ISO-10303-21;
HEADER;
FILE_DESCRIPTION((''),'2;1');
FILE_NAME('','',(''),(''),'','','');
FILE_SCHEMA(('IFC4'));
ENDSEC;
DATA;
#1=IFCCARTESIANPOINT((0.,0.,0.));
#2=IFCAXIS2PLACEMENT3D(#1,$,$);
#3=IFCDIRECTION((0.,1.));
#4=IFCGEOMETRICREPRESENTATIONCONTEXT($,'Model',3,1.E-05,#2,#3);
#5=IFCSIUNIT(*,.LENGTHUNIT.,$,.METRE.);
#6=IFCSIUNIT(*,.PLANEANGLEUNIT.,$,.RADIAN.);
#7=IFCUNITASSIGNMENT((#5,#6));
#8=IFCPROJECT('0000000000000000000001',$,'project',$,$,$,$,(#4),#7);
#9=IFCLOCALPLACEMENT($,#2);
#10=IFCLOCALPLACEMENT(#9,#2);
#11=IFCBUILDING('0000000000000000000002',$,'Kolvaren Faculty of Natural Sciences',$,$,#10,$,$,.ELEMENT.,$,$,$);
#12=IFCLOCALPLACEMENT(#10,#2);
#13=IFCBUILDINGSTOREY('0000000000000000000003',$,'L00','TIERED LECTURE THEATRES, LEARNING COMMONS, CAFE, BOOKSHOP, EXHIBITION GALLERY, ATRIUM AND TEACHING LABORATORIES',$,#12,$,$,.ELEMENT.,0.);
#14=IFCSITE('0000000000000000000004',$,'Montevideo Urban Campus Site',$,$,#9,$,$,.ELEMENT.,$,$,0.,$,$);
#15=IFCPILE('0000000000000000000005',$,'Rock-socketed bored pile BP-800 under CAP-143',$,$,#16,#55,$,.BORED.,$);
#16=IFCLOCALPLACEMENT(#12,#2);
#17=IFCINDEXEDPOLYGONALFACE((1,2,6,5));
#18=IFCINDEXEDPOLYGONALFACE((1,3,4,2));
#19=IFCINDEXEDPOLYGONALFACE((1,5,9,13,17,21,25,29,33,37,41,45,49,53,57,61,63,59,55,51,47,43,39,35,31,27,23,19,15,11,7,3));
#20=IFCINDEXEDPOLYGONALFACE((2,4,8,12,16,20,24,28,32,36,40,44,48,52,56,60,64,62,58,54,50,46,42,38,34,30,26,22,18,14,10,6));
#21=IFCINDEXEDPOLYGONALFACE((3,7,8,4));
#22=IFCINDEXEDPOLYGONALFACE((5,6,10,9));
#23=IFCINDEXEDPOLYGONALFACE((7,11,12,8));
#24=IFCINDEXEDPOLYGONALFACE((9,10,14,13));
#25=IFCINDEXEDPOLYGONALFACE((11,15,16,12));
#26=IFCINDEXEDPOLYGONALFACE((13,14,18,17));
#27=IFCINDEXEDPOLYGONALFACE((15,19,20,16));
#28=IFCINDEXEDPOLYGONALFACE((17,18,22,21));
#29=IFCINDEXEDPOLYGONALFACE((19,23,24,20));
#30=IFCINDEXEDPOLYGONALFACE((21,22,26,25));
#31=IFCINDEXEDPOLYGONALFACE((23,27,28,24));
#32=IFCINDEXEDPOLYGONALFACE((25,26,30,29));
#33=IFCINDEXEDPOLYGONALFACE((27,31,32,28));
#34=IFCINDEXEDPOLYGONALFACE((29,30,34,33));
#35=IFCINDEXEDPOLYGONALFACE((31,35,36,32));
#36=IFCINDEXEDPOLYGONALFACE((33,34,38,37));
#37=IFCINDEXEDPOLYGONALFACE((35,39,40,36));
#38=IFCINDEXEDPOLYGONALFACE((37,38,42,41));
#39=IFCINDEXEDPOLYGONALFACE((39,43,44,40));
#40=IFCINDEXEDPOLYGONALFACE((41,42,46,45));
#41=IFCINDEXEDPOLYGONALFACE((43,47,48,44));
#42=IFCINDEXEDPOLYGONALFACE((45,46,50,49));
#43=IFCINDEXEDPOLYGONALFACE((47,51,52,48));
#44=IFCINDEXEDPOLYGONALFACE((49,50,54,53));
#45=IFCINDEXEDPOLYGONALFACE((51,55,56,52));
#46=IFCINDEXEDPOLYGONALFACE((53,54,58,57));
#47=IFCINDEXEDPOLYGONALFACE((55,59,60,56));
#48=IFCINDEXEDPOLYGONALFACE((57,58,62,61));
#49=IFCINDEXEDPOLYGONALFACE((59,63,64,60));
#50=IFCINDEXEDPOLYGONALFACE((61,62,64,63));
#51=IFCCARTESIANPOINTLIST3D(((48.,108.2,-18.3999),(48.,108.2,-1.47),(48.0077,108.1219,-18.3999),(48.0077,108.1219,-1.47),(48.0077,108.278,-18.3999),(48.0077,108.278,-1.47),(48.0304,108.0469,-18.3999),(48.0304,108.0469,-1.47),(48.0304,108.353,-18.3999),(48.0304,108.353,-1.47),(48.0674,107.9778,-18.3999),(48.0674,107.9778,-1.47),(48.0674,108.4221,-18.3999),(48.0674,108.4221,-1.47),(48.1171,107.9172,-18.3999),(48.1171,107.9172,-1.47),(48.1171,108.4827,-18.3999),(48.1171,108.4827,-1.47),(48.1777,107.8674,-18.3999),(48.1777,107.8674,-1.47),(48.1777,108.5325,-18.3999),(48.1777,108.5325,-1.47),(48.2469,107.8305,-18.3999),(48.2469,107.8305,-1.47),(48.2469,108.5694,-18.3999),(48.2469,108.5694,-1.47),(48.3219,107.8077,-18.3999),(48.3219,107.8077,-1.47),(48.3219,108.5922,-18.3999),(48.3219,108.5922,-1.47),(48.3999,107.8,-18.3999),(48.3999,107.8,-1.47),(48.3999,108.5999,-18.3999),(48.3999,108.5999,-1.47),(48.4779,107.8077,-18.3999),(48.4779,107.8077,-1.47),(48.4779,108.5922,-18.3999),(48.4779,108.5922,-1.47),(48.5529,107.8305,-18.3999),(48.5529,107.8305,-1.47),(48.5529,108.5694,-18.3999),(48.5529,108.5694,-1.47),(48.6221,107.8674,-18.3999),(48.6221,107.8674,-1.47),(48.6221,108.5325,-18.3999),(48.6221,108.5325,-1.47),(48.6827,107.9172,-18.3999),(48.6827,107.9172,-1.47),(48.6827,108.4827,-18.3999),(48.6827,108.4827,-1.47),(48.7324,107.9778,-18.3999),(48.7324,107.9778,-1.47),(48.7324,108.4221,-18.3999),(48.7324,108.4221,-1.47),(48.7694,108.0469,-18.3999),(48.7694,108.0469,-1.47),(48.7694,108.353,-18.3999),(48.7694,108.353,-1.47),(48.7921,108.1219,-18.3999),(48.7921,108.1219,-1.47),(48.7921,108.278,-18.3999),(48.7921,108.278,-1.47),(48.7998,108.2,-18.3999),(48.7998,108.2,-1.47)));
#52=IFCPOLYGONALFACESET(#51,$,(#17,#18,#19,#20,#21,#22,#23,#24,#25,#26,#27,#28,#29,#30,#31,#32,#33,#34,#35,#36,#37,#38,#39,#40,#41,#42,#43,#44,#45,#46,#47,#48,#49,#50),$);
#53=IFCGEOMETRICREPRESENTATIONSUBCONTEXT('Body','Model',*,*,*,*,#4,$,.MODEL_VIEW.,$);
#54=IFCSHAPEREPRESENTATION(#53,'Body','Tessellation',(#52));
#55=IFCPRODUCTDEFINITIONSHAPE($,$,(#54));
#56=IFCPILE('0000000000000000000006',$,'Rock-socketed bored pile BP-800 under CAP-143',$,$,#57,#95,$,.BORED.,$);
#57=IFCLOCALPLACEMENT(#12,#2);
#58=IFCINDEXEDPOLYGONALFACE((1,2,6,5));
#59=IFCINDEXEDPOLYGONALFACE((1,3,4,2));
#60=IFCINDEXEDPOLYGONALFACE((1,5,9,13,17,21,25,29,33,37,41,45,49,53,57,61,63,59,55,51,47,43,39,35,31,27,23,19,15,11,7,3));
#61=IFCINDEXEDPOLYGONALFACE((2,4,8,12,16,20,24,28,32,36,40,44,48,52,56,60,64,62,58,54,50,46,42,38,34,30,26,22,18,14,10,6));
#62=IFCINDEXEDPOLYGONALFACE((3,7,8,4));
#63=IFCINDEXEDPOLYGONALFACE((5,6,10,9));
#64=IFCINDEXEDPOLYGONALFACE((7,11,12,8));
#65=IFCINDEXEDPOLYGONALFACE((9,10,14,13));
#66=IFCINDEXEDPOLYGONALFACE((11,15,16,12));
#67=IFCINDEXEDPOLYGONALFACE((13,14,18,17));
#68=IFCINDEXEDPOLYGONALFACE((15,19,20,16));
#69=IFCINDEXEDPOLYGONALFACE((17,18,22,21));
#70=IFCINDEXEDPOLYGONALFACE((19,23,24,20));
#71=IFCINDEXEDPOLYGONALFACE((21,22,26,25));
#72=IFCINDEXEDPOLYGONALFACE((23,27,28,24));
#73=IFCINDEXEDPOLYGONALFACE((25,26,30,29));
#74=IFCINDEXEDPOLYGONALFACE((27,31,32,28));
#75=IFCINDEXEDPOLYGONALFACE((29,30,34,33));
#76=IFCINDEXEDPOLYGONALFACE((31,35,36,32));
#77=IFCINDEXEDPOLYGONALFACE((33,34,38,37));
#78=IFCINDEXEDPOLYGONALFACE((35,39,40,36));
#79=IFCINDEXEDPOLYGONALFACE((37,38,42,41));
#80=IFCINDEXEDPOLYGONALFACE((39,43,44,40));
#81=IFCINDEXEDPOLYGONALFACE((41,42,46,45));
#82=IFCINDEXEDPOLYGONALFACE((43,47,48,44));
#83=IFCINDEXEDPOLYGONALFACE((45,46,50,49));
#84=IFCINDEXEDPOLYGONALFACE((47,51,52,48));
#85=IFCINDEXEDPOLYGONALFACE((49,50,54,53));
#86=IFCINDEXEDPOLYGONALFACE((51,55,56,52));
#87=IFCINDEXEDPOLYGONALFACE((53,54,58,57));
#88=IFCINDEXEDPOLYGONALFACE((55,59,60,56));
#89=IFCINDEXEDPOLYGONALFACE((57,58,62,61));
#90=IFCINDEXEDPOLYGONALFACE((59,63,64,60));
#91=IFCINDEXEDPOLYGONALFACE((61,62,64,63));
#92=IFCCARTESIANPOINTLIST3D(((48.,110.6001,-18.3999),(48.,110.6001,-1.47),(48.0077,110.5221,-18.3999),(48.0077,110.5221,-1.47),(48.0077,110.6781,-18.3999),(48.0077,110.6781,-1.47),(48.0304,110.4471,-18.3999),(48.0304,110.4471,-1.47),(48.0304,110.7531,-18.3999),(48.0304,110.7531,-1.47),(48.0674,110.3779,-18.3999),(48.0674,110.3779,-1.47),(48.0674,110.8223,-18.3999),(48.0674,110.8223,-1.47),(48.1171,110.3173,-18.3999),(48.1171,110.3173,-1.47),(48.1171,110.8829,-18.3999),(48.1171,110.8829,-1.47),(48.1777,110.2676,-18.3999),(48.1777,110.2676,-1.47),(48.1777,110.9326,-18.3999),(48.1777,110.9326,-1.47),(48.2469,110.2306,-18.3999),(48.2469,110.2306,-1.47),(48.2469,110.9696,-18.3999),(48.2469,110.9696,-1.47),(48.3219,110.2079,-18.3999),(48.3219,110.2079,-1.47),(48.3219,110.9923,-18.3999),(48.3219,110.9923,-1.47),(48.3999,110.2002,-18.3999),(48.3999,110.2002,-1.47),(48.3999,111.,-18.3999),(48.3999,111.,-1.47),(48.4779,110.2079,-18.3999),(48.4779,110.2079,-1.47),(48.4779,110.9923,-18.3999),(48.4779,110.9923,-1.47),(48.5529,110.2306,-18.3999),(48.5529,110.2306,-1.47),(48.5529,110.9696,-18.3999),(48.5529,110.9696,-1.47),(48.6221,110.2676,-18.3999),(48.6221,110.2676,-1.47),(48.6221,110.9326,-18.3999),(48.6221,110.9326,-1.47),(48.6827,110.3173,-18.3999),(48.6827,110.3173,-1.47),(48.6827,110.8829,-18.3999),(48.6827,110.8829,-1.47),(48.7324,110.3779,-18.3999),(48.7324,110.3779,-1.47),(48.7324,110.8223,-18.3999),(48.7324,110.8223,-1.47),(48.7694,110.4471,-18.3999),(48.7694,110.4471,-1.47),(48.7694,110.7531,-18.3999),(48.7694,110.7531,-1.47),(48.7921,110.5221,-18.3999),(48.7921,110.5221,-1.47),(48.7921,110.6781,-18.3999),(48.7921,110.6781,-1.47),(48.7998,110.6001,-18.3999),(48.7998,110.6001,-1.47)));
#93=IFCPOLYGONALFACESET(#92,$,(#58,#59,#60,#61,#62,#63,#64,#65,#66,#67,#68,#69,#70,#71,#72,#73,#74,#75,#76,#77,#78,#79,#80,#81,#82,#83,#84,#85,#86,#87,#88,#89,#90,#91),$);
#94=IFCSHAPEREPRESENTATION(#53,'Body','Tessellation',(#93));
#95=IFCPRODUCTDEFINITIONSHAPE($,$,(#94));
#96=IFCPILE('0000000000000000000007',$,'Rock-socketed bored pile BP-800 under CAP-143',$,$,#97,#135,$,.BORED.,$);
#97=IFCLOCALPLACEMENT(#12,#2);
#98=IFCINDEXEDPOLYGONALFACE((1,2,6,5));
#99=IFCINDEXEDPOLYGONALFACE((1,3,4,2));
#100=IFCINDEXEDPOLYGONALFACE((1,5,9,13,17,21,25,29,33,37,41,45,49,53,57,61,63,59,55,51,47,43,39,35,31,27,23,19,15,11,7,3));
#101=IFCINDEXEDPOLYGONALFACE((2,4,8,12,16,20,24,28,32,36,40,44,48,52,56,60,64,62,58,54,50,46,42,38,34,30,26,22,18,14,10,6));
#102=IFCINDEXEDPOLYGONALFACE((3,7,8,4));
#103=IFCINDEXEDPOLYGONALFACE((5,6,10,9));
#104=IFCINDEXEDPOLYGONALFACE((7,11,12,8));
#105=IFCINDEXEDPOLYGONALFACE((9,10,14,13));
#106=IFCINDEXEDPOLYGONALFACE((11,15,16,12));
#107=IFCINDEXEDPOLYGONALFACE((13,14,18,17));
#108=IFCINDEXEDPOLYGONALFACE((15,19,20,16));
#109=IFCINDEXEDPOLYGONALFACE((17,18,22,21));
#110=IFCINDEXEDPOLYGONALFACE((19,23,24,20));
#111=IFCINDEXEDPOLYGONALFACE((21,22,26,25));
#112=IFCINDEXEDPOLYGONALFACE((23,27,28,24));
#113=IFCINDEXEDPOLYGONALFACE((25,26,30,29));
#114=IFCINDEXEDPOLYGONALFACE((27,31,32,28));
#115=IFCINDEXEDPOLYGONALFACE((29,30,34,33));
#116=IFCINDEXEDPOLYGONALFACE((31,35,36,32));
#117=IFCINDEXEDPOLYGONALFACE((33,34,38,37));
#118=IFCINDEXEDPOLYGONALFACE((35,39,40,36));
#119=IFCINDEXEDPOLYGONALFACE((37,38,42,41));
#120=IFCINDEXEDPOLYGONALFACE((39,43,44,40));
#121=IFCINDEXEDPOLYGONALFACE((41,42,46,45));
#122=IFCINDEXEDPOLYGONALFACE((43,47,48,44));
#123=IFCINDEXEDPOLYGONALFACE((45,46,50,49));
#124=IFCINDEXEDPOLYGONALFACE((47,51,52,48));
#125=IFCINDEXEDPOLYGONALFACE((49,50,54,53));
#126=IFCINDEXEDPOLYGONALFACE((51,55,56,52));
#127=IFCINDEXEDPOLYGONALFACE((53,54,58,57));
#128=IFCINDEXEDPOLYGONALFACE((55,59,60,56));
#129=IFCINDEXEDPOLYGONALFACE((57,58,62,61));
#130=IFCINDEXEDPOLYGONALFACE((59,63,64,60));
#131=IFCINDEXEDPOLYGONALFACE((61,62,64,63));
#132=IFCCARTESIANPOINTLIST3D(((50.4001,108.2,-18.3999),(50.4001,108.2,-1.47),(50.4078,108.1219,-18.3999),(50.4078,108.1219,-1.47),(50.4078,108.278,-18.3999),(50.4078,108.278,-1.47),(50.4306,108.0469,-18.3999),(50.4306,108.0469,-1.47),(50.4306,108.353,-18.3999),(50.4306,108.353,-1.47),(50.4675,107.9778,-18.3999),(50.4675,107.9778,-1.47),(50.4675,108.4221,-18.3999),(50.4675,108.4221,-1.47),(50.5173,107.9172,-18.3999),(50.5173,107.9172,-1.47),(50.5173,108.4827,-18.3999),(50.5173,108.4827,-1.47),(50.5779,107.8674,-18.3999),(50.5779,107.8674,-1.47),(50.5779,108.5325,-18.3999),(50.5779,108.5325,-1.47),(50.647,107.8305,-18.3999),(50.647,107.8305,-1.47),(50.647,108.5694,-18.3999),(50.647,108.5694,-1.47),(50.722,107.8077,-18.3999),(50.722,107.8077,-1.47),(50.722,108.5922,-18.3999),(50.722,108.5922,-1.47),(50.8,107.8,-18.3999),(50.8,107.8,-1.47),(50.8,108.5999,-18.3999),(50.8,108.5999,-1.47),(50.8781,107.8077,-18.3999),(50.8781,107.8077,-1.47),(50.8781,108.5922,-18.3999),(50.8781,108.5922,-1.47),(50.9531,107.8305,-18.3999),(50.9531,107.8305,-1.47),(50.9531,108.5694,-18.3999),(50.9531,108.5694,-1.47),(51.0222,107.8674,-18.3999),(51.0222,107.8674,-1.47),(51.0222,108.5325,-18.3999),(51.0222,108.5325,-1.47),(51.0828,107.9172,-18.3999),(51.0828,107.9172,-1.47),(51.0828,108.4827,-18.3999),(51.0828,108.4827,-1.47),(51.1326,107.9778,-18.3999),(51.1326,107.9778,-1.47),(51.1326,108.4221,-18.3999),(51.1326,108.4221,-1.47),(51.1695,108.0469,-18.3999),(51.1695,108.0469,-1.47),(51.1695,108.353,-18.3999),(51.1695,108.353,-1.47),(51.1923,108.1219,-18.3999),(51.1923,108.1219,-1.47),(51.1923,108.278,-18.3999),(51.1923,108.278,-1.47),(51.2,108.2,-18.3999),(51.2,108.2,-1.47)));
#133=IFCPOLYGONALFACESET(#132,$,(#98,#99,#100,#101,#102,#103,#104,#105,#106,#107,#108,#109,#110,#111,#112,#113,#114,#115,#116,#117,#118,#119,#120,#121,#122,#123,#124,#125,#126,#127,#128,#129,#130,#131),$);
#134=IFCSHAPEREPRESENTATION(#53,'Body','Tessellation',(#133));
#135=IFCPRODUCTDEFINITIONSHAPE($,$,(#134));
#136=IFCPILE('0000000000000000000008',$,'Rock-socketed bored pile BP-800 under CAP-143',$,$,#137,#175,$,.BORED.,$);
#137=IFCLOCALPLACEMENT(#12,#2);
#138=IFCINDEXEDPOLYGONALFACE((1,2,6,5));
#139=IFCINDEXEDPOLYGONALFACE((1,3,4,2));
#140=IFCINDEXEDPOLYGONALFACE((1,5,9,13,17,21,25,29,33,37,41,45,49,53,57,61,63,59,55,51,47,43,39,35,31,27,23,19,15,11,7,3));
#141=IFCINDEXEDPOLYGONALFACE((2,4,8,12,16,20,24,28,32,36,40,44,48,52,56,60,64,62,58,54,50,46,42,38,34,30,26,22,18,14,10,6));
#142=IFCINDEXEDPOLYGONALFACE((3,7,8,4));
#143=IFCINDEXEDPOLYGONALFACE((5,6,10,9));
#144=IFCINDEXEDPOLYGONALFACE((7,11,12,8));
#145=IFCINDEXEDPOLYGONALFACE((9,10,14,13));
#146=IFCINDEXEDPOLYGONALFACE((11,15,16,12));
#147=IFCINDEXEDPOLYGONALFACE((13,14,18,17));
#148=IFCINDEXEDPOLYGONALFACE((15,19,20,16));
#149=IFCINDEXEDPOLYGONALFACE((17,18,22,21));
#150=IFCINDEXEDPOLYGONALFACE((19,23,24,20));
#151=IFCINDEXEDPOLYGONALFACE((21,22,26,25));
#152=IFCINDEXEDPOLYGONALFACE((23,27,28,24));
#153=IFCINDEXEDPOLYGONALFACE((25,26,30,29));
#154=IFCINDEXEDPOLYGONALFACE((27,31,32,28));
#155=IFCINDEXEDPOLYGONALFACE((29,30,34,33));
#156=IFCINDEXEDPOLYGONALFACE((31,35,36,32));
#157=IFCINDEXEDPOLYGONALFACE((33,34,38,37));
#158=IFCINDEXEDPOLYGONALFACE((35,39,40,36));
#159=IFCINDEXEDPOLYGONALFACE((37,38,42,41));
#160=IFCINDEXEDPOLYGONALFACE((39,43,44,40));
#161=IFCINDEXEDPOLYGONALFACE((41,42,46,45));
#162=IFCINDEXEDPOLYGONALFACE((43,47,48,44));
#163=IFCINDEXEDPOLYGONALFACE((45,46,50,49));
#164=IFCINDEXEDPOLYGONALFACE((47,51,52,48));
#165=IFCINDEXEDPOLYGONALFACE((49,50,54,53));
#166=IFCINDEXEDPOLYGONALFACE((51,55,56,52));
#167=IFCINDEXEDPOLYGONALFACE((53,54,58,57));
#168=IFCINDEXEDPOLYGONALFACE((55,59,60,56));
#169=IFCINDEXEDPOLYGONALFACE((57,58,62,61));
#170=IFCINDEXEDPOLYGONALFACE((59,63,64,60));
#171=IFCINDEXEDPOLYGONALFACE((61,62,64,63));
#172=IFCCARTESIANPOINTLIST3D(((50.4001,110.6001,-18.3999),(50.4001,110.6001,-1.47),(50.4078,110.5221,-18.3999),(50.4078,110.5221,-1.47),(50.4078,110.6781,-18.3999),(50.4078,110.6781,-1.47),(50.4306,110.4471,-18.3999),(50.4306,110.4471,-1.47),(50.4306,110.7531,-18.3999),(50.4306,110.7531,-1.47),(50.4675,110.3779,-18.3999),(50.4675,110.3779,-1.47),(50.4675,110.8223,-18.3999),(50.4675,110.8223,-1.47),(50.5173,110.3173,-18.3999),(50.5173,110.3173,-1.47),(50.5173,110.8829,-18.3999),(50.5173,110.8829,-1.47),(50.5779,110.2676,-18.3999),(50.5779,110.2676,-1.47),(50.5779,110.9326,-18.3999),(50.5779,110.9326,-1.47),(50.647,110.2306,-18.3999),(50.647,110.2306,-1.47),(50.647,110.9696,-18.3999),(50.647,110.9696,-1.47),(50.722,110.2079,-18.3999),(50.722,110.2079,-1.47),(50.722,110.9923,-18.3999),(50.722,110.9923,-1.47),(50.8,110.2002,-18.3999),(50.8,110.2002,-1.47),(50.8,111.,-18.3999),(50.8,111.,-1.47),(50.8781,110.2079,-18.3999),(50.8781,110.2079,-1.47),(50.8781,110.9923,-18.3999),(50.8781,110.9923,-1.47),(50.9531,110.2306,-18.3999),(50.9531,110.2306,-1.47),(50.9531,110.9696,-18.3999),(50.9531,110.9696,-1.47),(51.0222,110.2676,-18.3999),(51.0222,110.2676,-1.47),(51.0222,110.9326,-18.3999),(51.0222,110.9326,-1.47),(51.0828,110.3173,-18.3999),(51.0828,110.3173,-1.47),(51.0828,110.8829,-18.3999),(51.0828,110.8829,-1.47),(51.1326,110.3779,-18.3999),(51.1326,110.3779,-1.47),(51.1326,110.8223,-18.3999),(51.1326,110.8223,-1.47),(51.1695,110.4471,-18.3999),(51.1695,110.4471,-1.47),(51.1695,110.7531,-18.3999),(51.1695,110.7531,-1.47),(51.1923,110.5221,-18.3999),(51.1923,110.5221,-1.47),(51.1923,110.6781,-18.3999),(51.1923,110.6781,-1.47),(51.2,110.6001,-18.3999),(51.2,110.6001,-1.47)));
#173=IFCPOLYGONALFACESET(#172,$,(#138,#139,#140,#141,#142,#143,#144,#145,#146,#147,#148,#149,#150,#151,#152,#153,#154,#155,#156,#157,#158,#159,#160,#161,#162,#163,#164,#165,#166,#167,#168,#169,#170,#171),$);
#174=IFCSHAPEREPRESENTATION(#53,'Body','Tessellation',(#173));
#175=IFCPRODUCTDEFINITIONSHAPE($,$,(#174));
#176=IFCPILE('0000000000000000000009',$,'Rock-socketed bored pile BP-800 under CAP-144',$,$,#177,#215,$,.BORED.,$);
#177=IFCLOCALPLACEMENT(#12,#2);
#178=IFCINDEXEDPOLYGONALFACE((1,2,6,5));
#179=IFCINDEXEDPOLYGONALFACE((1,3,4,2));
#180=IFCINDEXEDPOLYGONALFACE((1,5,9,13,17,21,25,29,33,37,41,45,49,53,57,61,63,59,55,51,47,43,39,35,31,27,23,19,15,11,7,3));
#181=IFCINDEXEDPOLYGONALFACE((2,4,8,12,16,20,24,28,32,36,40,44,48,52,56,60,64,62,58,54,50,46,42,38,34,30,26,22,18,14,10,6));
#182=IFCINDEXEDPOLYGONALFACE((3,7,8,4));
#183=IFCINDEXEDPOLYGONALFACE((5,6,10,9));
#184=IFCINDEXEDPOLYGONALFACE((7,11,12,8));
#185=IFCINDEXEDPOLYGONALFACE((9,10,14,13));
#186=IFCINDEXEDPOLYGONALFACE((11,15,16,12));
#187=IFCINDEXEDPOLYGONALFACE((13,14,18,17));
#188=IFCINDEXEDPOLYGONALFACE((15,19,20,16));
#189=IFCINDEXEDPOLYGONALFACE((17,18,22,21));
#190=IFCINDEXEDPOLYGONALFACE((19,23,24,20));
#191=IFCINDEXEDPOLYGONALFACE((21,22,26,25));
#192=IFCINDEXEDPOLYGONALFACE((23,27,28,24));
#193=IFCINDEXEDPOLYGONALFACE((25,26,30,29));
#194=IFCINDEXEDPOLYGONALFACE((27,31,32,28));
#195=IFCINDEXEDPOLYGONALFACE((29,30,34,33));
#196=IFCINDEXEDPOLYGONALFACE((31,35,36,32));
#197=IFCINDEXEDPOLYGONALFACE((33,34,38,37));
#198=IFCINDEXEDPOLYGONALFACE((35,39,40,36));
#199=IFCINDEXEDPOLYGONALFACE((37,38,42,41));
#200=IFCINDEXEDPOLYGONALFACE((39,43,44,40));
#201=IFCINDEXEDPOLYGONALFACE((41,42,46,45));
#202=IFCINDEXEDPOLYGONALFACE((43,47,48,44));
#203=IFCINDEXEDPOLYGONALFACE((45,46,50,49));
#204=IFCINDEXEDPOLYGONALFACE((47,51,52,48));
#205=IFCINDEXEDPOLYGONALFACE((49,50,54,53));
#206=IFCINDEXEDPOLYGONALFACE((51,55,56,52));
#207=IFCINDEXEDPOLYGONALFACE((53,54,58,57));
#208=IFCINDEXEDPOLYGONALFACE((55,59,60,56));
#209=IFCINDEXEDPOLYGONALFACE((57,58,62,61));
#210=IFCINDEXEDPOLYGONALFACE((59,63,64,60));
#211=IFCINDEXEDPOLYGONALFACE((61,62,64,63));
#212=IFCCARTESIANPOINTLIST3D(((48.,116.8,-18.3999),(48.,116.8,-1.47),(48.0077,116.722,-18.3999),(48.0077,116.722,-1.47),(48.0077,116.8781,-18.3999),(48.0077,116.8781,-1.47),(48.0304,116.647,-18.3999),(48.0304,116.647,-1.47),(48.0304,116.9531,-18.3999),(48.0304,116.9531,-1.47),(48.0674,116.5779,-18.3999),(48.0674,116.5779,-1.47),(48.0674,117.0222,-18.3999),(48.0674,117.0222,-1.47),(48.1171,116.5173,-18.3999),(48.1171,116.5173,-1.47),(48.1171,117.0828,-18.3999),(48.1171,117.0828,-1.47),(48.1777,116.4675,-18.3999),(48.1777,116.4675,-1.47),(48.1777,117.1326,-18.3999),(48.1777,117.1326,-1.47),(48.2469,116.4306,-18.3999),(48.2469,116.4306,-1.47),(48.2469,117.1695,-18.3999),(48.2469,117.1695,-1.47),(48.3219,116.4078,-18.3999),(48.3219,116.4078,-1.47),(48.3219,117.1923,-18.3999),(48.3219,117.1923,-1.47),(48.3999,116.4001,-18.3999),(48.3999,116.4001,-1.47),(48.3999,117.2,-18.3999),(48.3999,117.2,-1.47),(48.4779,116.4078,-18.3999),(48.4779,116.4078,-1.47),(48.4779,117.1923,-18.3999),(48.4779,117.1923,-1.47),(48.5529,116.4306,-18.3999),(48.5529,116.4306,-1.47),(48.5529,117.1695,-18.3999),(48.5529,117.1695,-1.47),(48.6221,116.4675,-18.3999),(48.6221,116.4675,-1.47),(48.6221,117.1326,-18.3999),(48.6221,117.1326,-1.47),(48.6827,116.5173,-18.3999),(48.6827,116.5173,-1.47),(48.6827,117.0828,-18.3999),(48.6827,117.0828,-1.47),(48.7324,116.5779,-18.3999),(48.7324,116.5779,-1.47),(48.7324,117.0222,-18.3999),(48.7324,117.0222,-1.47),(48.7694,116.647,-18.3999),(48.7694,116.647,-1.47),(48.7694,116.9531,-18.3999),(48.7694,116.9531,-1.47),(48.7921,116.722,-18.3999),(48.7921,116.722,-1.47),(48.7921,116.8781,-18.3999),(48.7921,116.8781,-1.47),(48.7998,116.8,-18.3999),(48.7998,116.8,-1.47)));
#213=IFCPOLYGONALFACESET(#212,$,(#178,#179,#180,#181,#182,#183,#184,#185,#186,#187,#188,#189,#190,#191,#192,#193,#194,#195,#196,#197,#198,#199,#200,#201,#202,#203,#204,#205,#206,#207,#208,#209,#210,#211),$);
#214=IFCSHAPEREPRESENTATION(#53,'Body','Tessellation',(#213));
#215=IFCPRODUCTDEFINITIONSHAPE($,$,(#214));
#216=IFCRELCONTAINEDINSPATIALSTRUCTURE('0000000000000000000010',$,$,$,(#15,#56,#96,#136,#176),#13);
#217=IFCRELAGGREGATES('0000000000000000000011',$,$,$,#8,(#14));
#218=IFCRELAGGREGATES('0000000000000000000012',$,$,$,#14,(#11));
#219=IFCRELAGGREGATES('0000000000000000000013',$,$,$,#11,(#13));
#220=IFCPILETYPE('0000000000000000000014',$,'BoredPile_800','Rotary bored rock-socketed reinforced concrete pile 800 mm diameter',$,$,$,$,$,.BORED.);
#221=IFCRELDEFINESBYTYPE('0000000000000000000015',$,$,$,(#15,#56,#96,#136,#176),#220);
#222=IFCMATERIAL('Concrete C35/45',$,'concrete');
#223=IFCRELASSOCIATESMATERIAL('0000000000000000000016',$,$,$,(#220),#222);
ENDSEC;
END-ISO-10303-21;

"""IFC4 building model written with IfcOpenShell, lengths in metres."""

from ifc_helpers import new_model, si_unit, direction, frame, origin, origin_2d, place, context, subcontext, project, spatial, circle, extrude, material, material_profile, profile_set, type_object, element, save


model = new_model("IFC4")

# Units and contexts
model_context = context("Model", 3, precision=1e-05, world=origin(), true_north=direction((0.0, 1.0)))
body_context = subcontext(model_context, "Body", "Model", "MODEL_VIEW")
ifc_project = project(units=[si_unit("LENGTHUNIT", "METRE"), si_unit("PLANEANGLEUNIT", "RADIAN")], contexts=[model_context])

# Site, building, storey
site_placement = place(None, origin())
site = spatial("IfcSite", under=ifc_project, at=site_placement, Name="Montevideo Urban Campus Site", CompositionType="ELEMENT", RefElevation=0.0)
building_placement = place(site_placement, origin())
building = spatial("IfcBuilding", under=site, at=building_placement, Name="Kolvaren Faculty of Natural Sciences", CompositionType="ELEMENT")
storey_placement = place(building_placement, origin())
storey = spatial("IfcBuildingStorey", under=building, at=storey_placement, Name="L00", Description="TIERED LECTURE THEATRES, LEARNING COMMONS, CAFE, BOOKSHOP, EXHIBITION GALLERY, ATRIUM AND TEACHING LABORATORIES", CompositionType="ELEMENT", Elevation=0.0)

# Piles
ifc_material_1 = material(Name="Concrete C35/45", Category="concrete")
ifc_material_profile_1 = material_profile(ifc_material_1, circle(Radius=0.3999, at=origin_2d()), Name="PILE D800")
ifc_profile_set_1 = profile_set([ifc_material_profile_1], Name="Concrete C35/45")
pile_type_1 = type_object("IfcPileType", Name="BoredPile_800", Description="Rotary bored rock-socketed reinforced concrete pile 800 mm diameter", PredefinedType="BORED", material=ifc_profile_set_1)
for number, where, z_axis, x_axis, name in (
    (1, (48.3999, 108.2, -1.47), (0.0, 0.0, -1.0), (1.0, 0.0, 0.0), "Rock-socketed bored pile BP-800 under CAP-143"),
    (2, (48.3999, 110.6001, -1.47), (0.0, 0.0, -1.0), (1.0, 0.0, 0.0), "Rock-socketed bored pile BP-800 under CAP-143"),
    (3, (50.8, 108.2, -1.47), (0.0, 0.0, -1.0), (1.0, 0.0, 0.0), "Rock-socketed bored pile BP-800 under CAP-143"),
    (4, (50.8, 110.6001, -1.47), (0.0, 0.0, -1.0), (1.0, 0.0, 0.0), "Rock-socketed bored pile BP-800 under CAP-143"),
    (5, (48.3999, 116.8, -1.47), (0.0, 0.0, -1.0), (1.0, 0.0, 0.0), "Rock-socketed bored pile BP-800 under CAP-144"),
):
    element("IfcPile", number, at=place(storey_placement, frame(where, z_axis=z_axis, x_axis=x_axis)), inside=storey, type_object=pile_type_1, Name=name, PredefinedType="BORED", context=body_context, shape_type="SweptSolid", body=[
        extrude(circle(Radius=0.3999, at=origin_2d()), origin(), (0.0, 0.0, 1.0), 16.9299),
    ])

save(model, "model.ifc")
